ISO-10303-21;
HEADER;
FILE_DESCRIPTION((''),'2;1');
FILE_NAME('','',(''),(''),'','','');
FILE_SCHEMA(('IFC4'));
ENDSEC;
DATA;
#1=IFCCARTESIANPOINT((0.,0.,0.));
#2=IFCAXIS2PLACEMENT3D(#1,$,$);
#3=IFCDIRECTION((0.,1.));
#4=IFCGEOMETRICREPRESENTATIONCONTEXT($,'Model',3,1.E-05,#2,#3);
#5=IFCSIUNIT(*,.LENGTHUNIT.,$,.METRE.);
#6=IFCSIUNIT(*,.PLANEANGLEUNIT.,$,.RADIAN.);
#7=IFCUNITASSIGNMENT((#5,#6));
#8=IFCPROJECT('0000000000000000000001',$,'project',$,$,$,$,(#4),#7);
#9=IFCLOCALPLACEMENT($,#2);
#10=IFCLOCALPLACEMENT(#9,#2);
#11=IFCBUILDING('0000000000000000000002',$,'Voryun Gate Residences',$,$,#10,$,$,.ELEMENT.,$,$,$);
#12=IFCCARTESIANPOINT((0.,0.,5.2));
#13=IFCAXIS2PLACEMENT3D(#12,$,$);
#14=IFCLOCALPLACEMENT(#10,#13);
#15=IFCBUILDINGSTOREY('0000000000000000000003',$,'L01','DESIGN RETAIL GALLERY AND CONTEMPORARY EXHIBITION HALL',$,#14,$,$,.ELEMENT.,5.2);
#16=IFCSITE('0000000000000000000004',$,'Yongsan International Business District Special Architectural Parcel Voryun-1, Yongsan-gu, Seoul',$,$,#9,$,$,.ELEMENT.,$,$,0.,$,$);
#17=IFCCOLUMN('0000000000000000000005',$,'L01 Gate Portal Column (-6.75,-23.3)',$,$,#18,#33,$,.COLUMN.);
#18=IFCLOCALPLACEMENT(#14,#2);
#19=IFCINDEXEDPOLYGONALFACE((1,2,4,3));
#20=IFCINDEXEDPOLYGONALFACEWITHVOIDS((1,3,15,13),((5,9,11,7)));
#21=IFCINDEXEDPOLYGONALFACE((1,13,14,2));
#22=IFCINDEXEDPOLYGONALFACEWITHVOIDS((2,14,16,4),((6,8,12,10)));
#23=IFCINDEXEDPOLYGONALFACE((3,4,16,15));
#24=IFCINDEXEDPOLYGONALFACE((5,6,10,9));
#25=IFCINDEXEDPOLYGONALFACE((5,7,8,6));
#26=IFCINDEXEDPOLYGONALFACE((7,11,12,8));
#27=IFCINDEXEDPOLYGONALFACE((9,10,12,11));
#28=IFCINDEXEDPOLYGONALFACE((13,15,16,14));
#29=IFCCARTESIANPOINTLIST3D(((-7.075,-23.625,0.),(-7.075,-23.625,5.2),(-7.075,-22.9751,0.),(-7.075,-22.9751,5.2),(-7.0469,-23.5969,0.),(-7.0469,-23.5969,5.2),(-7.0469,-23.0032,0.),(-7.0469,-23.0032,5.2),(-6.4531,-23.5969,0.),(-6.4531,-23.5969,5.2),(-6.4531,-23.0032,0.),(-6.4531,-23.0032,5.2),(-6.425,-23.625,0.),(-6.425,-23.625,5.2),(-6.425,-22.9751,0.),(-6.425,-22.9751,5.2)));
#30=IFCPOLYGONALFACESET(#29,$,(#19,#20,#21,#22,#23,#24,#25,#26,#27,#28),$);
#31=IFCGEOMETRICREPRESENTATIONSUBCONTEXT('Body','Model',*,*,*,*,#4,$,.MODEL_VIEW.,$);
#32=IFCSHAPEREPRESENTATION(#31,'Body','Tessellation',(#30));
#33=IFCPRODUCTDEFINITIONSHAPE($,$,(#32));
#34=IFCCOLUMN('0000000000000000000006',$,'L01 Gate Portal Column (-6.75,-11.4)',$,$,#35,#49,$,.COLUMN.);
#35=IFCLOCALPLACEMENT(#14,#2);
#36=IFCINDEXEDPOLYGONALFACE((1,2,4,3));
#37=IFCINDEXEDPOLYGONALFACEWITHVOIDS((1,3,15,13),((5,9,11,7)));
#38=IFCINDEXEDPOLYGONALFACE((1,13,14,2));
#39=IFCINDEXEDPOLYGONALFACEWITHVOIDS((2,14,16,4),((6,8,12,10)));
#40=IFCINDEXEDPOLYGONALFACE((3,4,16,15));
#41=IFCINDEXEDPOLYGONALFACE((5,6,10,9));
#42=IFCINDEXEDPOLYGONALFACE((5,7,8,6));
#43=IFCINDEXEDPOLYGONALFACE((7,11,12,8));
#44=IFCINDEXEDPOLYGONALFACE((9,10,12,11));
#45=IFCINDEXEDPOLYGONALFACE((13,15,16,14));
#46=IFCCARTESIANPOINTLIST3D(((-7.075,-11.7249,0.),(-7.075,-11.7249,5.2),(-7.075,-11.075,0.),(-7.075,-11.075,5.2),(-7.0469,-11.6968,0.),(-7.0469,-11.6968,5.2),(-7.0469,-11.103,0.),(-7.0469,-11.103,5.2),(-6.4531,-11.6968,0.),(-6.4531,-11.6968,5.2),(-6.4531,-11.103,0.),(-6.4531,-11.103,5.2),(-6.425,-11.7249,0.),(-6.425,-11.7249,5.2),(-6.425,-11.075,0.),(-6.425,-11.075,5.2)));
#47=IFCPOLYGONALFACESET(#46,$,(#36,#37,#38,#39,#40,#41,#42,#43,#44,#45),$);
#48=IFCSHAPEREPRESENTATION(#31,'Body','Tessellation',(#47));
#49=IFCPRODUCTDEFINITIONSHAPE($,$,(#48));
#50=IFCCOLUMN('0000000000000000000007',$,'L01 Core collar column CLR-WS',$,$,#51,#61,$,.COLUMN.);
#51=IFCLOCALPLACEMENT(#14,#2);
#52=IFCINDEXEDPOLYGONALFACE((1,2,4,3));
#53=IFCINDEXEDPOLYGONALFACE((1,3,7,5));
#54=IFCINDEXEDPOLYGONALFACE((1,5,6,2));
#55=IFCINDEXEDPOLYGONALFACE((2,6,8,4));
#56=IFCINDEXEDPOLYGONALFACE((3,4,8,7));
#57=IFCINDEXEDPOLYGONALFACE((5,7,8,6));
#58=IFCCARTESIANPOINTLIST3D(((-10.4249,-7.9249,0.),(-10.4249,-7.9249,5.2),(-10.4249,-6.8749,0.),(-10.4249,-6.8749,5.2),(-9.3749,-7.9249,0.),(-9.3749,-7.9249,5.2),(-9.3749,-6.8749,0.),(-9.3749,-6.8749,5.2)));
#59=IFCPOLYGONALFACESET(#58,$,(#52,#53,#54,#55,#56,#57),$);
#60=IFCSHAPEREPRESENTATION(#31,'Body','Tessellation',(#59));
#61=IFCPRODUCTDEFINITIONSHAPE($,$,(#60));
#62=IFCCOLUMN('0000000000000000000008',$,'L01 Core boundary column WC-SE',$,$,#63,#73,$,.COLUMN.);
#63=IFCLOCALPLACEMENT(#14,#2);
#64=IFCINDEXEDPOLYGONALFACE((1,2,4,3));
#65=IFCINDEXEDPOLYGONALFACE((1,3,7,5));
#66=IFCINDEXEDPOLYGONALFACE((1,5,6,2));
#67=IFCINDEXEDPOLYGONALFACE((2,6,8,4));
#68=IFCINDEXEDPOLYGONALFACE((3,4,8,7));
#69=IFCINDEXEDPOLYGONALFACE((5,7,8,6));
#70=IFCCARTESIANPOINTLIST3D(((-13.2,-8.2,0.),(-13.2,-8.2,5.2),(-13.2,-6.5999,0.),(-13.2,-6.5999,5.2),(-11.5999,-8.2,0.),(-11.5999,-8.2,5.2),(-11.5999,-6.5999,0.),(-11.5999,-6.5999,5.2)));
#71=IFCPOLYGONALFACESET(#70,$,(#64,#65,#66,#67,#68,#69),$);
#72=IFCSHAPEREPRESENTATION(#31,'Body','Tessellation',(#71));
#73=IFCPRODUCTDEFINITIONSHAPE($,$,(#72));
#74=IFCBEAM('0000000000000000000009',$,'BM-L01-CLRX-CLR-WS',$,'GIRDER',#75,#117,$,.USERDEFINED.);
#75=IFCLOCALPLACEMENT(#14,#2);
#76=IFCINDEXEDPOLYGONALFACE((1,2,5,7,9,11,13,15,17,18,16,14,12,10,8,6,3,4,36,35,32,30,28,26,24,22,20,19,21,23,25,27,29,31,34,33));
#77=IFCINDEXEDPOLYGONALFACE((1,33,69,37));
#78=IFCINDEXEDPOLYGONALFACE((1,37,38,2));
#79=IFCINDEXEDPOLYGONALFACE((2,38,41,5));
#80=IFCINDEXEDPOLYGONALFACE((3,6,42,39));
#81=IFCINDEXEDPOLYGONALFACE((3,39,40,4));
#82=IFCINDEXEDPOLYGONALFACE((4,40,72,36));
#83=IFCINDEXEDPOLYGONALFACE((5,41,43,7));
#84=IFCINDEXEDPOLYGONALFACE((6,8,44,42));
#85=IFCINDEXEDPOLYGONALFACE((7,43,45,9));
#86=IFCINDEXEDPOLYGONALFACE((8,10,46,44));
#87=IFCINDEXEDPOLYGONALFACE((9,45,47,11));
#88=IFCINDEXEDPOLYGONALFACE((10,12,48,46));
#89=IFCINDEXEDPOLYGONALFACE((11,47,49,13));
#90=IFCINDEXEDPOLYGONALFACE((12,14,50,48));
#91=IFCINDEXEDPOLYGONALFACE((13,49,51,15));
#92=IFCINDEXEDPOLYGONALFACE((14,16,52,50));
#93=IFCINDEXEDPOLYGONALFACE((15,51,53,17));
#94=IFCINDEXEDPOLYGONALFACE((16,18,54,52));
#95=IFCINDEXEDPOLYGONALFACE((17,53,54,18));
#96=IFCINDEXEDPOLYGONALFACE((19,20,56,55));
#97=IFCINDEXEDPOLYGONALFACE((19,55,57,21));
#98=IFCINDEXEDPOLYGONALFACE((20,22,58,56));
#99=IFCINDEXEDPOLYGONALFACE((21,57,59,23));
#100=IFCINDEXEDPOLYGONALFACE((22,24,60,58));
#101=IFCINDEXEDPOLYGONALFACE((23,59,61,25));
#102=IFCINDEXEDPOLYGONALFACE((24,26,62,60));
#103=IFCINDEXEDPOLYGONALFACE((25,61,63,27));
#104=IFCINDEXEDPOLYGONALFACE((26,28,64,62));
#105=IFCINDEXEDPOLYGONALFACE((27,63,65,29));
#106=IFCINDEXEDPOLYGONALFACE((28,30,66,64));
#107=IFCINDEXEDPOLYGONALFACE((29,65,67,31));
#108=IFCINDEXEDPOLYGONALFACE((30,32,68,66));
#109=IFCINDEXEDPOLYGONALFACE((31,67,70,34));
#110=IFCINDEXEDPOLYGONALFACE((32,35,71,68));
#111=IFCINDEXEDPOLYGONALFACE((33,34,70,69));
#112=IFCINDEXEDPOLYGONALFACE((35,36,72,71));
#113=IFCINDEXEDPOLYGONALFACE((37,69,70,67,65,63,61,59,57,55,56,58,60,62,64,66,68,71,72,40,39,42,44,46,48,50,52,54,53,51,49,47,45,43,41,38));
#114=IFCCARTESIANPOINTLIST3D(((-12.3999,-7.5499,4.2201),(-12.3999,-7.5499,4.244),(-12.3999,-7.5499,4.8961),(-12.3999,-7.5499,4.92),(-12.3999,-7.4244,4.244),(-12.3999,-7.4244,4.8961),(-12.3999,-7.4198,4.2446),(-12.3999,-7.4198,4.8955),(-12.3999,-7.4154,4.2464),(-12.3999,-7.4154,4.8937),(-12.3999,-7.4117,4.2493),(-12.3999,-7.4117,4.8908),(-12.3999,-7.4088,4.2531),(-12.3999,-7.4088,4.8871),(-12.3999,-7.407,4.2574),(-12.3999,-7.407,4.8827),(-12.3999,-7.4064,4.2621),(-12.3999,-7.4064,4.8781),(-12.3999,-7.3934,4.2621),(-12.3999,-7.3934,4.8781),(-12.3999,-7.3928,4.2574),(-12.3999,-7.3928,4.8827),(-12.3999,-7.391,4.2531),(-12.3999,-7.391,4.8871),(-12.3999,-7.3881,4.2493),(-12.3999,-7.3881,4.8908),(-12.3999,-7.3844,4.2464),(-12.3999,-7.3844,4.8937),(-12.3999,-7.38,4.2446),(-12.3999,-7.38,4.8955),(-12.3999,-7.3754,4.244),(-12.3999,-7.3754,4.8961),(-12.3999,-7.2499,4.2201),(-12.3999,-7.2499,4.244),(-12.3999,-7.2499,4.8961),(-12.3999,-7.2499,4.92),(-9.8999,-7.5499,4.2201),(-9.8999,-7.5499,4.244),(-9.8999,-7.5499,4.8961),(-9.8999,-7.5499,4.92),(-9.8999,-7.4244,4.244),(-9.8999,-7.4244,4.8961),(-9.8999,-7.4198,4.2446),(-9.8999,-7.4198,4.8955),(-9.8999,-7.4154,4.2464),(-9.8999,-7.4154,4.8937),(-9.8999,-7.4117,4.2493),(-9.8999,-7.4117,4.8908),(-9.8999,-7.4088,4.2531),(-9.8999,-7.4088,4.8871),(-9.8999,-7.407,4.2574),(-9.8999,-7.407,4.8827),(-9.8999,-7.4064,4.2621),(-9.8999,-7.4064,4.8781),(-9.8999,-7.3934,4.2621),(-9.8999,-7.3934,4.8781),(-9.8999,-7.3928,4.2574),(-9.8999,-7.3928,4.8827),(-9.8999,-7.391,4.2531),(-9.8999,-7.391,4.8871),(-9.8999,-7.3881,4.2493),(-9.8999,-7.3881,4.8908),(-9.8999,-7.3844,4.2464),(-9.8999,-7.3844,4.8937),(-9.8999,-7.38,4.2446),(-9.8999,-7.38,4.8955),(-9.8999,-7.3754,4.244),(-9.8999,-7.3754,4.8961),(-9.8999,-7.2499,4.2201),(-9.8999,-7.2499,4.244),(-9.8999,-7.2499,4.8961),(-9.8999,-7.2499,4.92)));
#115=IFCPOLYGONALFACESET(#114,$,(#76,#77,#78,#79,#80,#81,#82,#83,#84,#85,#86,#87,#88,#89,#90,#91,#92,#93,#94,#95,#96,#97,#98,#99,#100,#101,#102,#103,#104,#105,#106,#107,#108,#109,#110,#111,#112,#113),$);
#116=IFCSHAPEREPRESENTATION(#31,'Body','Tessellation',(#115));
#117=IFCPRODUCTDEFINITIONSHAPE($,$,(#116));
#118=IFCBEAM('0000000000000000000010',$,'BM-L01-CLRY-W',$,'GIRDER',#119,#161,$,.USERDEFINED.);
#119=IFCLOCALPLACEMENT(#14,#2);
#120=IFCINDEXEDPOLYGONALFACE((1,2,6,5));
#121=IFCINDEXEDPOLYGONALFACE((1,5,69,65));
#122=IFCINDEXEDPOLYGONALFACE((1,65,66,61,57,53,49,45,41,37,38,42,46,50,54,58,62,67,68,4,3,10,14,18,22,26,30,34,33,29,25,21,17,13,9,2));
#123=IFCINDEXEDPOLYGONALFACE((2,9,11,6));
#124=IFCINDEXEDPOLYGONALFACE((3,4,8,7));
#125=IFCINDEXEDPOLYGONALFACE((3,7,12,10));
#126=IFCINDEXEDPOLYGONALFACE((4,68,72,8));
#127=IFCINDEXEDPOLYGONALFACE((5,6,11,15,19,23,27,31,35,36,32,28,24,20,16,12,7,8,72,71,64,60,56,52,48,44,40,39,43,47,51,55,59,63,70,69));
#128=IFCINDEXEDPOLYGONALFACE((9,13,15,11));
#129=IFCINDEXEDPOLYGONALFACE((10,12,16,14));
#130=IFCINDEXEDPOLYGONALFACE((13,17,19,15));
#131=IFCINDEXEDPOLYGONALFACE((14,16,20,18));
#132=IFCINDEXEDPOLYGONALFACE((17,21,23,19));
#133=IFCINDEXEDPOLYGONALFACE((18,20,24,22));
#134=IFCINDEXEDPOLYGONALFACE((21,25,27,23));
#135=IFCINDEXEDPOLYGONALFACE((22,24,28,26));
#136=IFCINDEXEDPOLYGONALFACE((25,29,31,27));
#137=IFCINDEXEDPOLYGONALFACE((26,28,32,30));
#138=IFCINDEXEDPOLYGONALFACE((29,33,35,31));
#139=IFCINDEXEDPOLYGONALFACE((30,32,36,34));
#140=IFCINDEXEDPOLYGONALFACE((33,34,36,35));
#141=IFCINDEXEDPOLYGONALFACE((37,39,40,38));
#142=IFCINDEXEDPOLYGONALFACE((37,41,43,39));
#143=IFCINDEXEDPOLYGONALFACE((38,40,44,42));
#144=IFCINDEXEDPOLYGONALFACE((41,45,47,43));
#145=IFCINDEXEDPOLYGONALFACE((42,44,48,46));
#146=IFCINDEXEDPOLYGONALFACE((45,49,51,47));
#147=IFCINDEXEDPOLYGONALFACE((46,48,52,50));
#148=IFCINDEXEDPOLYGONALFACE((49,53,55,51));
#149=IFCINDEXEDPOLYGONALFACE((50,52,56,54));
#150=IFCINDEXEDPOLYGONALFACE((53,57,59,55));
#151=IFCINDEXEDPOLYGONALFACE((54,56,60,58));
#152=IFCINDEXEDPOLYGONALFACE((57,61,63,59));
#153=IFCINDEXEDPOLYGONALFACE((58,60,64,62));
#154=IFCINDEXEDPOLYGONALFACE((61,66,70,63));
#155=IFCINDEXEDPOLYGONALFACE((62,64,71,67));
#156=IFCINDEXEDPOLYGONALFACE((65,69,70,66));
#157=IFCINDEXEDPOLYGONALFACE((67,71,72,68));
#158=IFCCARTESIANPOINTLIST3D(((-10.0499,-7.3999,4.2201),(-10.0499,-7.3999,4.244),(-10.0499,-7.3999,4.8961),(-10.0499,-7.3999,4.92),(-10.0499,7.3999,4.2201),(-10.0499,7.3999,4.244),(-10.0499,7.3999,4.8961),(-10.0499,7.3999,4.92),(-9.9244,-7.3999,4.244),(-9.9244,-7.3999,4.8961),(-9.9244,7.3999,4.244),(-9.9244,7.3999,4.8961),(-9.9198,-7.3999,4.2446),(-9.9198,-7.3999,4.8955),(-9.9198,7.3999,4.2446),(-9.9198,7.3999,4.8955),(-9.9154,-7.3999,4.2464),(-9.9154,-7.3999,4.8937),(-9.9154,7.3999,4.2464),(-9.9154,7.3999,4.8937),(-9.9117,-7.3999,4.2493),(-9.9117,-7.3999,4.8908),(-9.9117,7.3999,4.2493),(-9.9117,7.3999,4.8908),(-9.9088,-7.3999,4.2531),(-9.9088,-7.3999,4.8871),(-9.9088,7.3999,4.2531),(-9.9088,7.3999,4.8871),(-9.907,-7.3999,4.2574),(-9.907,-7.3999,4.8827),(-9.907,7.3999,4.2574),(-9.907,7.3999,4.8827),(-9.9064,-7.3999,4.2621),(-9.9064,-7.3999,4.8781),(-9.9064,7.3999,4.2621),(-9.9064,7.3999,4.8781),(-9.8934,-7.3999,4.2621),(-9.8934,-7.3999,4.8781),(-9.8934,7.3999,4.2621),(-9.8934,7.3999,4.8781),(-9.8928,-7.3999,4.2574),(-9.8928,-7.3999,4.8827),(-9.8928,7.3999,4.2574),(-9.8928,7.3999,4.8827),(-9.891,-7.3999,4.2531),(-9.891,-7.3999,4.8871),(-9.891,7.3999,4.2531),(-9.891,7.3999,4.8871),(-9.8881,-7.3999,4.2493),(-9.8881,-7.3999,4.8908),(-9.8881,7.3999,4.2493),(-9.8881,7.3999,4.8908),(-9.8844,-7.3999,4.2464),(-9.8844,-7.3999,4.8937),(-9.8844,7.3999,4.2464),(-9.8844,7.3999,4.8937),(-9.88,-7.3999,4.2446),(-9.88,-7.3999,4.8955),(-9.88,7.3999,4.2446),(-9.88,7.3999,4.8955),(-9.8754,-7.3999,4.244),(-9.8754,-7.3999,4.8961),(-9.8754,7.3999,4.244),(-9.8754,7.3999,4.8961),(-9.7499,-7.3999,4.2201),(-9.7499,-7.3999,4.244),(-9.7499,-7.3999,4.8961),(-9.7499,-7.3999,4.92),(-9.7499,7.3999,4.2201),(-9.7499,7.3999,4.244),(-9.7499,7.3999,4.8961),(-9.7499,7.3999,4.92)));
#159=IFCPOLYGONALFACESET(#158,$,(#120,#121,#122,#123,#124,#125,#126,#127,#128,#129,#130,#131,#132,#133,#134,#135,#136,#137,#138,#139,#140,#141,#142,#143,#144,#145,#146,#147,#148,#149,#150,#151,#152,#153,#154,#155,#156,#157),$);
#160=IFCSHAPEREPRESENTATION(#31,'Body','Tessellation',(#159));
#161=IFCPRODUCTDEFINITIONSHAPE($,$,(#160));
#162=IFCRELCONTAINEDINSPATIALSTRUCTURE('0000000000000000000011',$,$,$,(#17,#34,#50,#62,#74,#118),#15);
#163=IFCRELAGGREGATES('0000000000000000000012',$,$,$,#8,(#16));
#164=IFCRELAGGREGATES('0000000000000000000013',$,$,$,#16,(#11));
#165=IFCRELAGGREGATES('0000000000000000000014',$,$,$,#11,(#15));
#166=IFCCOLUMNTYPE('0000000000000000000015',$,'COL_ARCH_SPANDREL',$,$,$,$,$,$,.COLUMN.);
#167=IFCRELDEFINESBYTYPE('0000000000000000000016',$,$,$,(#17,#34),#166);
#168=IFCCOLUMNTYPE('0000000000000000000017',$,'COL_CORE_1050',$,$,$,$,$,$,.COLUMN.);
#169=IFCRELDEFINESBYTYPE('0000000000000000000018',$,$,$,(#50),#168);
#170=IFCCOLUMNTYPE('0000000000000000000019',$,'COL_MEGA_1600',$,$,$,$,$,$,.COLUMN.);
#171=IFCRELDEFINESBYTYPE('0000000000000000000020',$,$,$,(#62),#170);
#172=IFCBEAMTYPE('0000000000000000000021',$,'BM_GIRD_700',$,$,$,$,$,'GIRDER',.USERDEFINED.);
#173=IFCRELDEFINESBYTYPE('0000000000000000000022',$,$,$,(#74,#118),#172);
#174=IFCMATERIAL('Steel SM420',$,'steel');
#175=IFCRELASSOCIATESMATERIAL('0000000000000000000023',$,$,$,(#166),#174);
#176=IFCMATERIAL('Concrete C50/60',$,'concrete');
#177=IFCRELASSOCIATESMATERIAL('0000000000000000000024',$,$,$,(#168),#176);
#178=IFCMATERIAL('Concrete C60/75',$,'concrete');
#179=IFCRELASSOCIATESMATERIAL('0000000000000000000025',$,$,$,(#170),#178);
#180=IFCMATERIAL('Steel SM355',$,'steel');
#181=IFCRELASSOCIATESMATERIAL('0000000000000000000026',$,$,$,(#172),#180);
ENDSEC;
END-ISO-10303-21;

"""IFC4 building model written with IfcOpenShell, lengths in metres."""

from ifc_helpers import new_model, si_unit, direction, frame, origin, origin_2d, place, context, subcontext, project, spatial, rectangle, hollow_rectangle, i_section, extrude, material, material_profile, profile_set, type_object, element, save


model = new_model("IFC4")

# Units and contexts
model_context = context("Model", 3, precision=1e-05, world=origin(), true_north=direction((0.0, 1.0)))
body_context = subcontext(model_context, "Body", "Model", "MODEL_VIEW")
ifc_project = project(units=[si_unit("LENGTHUNIT", "METRE"), si_unit("PLANEANGLEUNIT", "RADIAN")], contexts=[model_context])

# Site, building, storey
site_placement = place(None, origin())
site = spatial("IfcSite", under=ifc_project, at=site_placement, Name="Yongsan International Business District Special Architectural Parcel Voryun-1, Yongsan-gu, Seoul", CompositionType="ELEMENT", RefElevation=0.0)
building_placement = place(site_placement, origin())
building = spatial("IfcBuilding", under=site, at=building_placement, Name="Voryun Gate Residences", CompositionType="ELEMENT")
storey_placement = place(building_placement, frame((0.0, 0.0, 5.2)))
storey = spatial("IfcBuildingStorey", under=building, at=storey_placement, Name="L01", Description="DESIGN RETAIL GALLERY AND CONTEMPORARY EXHIBITION HALL", CompositionType="ELEMENT", Elevation=5.2)

# Columns
ifc_material_1 = material(Name="Steel SM420", Category="steel")
ifc_material_profile_1 = material_profile(ifc_material_1, hollow_rectangle(XDim=0.6499, YDim=0.6499, WallThickness=0.0281, at=origin_2d()), Name="BOX-650x650x28")
ifc_profile_set_1 = profile_set([ifc_material_profile_1], Name="Steel SM420")
column_type_1 = type_object("IfcColumnType", Name="COL_ARCH_SPANDREL", PredefinedType="COLUMN", material=ifc_profile_set_1)
for number, where, z_axis, x_axis, name in (
    (1, (-6.75, -23.3, 0.0), (0.0, 0.0, 1.0), (1.0, 0.0, 0.0), "L01 Gate Portal Column (-6.75,-23.3)"),
    (2, (-6.75, -11.3999, 0.0), (0.0, 0.0, 1.0), (1.0, 0.0, 0.0), "L01 Gate Portal Column (-6.75,-11.4)"),
):
    element("IfcColumn", number, at=place(storey_placement, frame(where, z_axis=z_axis, x_axis=x_axis)), inside=storey, type_object=column_type_1, Name=name, PredefinedType="COLUMN", context=body_context, shape_type="SweptSolid", body=[
        extrude(hollow_rectangle(XDim=0.6499, YDim=0.6499, WallThickness=0.0281, at=origin_2d()), origin(), (0.0, 0.0, 1.0), 5.2),
    ])
ifc_material_2 = material(Name="Concrete C50/60", Category="concrete")
ifc_material_profile_2 = material_profile(ifc_material_2, rectangle(XDim=1.05, YDim=1.05, at=origin_2d()), Name="RC-1050x1050")
ifc_profile_set_2 = profile_set([ifc_material_profile_2], Name="Concrete C50/60")
column_type_2 = type_object("IfcColumnType", Name="COL_CORE_1050", PredefinedType="COLUMN", material=ifc_profile_set_2)
column_1_placement = place(storey_placement, frame((-9.8999, -7.3999, 0.0), z_axis=(0.0, 0.0, 1.0), x_axis=(1.0, 0.0, 0.0)))
element("IfcColumn", 3, at=column_1_placement, inside=storey, type_object=column_type_2, Name="L01 Core collar column CLR-WS", PredefinedType="COLUMN", context=body_context, shape_type="SweptSolid", body=[
    extrude(rectangle(XDim=1.05, YDim=1.05, at=origin_2d()), origin(), (0.0, 0.0, 1.0), 5.2),
])
ifc_material_3 = material(Name="Concrete C60/75", Category="concrete")
ifc_material_profile_3 = material_profile(ifc_material_3, rectangle(XDim=1.6001, YDim=1.6001, at=origin_2d()), Name="RC-1600x1600")
ifc_profile_set_3 = profile_set([ifc_material_profile_3], Name="Concrete C60/75")
column_type_3 = type_object("IfcColumnType", Name="COL_MEGA_1600", PredefinedType="COLUMN", material=ifc_profile_set_3)
column_2_placement = place(storey_placement, frame((-12.3999, -7.3999, 0.0), z_axis=(0.0, 0.0, 1.0), x_axis=(1.0, 0.0, 0.0)))
element("IfcColumn", 4, at=column_2_placement, inside=storey, type_object=column_type_3, Name="L01 Core boundary column WC-SE", PredefinedType="COLUMN", context=body_context, shape_type="SweptSolid", body=[
    extrude(rectangle(XDim=1.6001, YDim=1.6001, at=origin_2d()), origin(), (0.0, 0.0, 1.0), 5.2),
])

# Beams
ifc_material_4 = material(Name="Steel SM355", Category="steel")
ifc_material_profile_4 = material_profile(ifc_material_4, i_section(OverallWidth=0.3, OverallDepth=0.7, WebThickness=0.0129, FlangeThickness=0.0239, FilletRadius=0.0181, at=origin_2d()), Name="H-700x300x13x24")
ifc_profile_set_4 = profile_set([ifc_material_profile_4], Name="Steel SM355")
beam_type = type_object("IfcBeamType", Name="BM_GIRD_700", ElementType="GIRDER", PredefinedType="USERDEFINED", material=ifc_profile_set_4)
beam_1_placement = place(storey_placement, frame((-12.3999, -7.3999, 4.5701), z_axis=(1.0, 0.0, 0.0), x_axis=(0.0, 1.0, 0.0)))
element("IfcBeam", 5, at=beam_1_placement, inside=storey, type_object=beam_type, Name="BM-L01-CLRX-CLR-WS", ObjectType="GIRDER", PredefinedType="USERDEFINED", context=body_context, shape_type="SweptSolid", body=[
    extrude(i_section(OverallWidth=0.3, OverallDepth=0.7, WebThickness=0.0129, FlangeThickness=0.0239, FilletRadius=0.0181, at=origin_2d()), origin(), (0.0, 0.0, 1.0), 2.5),
])
beam_2_placement = place(storey_placement, frame((-9.8999, -7.3999, 4.5701), z_axis=(0.0, 1.0, 0.0), x_axis=(-1.0, 0.0, 0.0)))
element("IfcBeam", 6, at=beam_2_placement, inside=storey, type_object=beam_type, Name="BM-L01-CLRY-W", ObjectType="GIRDER", PredefinedType="USERDEFINED", context=body_context, shape_type="SweptSolid", body=[
    extrude(i_section(OverallWidth=0.3, OverallDepth=0.7, WebThickness=0.0129, FlangeThickness=0.0239, FilletRadius=0.0181, at=origin_2d()), origin(), (0.0, 0.0, 1.0), 14.7998),
])

save(model, "model.ifc")
